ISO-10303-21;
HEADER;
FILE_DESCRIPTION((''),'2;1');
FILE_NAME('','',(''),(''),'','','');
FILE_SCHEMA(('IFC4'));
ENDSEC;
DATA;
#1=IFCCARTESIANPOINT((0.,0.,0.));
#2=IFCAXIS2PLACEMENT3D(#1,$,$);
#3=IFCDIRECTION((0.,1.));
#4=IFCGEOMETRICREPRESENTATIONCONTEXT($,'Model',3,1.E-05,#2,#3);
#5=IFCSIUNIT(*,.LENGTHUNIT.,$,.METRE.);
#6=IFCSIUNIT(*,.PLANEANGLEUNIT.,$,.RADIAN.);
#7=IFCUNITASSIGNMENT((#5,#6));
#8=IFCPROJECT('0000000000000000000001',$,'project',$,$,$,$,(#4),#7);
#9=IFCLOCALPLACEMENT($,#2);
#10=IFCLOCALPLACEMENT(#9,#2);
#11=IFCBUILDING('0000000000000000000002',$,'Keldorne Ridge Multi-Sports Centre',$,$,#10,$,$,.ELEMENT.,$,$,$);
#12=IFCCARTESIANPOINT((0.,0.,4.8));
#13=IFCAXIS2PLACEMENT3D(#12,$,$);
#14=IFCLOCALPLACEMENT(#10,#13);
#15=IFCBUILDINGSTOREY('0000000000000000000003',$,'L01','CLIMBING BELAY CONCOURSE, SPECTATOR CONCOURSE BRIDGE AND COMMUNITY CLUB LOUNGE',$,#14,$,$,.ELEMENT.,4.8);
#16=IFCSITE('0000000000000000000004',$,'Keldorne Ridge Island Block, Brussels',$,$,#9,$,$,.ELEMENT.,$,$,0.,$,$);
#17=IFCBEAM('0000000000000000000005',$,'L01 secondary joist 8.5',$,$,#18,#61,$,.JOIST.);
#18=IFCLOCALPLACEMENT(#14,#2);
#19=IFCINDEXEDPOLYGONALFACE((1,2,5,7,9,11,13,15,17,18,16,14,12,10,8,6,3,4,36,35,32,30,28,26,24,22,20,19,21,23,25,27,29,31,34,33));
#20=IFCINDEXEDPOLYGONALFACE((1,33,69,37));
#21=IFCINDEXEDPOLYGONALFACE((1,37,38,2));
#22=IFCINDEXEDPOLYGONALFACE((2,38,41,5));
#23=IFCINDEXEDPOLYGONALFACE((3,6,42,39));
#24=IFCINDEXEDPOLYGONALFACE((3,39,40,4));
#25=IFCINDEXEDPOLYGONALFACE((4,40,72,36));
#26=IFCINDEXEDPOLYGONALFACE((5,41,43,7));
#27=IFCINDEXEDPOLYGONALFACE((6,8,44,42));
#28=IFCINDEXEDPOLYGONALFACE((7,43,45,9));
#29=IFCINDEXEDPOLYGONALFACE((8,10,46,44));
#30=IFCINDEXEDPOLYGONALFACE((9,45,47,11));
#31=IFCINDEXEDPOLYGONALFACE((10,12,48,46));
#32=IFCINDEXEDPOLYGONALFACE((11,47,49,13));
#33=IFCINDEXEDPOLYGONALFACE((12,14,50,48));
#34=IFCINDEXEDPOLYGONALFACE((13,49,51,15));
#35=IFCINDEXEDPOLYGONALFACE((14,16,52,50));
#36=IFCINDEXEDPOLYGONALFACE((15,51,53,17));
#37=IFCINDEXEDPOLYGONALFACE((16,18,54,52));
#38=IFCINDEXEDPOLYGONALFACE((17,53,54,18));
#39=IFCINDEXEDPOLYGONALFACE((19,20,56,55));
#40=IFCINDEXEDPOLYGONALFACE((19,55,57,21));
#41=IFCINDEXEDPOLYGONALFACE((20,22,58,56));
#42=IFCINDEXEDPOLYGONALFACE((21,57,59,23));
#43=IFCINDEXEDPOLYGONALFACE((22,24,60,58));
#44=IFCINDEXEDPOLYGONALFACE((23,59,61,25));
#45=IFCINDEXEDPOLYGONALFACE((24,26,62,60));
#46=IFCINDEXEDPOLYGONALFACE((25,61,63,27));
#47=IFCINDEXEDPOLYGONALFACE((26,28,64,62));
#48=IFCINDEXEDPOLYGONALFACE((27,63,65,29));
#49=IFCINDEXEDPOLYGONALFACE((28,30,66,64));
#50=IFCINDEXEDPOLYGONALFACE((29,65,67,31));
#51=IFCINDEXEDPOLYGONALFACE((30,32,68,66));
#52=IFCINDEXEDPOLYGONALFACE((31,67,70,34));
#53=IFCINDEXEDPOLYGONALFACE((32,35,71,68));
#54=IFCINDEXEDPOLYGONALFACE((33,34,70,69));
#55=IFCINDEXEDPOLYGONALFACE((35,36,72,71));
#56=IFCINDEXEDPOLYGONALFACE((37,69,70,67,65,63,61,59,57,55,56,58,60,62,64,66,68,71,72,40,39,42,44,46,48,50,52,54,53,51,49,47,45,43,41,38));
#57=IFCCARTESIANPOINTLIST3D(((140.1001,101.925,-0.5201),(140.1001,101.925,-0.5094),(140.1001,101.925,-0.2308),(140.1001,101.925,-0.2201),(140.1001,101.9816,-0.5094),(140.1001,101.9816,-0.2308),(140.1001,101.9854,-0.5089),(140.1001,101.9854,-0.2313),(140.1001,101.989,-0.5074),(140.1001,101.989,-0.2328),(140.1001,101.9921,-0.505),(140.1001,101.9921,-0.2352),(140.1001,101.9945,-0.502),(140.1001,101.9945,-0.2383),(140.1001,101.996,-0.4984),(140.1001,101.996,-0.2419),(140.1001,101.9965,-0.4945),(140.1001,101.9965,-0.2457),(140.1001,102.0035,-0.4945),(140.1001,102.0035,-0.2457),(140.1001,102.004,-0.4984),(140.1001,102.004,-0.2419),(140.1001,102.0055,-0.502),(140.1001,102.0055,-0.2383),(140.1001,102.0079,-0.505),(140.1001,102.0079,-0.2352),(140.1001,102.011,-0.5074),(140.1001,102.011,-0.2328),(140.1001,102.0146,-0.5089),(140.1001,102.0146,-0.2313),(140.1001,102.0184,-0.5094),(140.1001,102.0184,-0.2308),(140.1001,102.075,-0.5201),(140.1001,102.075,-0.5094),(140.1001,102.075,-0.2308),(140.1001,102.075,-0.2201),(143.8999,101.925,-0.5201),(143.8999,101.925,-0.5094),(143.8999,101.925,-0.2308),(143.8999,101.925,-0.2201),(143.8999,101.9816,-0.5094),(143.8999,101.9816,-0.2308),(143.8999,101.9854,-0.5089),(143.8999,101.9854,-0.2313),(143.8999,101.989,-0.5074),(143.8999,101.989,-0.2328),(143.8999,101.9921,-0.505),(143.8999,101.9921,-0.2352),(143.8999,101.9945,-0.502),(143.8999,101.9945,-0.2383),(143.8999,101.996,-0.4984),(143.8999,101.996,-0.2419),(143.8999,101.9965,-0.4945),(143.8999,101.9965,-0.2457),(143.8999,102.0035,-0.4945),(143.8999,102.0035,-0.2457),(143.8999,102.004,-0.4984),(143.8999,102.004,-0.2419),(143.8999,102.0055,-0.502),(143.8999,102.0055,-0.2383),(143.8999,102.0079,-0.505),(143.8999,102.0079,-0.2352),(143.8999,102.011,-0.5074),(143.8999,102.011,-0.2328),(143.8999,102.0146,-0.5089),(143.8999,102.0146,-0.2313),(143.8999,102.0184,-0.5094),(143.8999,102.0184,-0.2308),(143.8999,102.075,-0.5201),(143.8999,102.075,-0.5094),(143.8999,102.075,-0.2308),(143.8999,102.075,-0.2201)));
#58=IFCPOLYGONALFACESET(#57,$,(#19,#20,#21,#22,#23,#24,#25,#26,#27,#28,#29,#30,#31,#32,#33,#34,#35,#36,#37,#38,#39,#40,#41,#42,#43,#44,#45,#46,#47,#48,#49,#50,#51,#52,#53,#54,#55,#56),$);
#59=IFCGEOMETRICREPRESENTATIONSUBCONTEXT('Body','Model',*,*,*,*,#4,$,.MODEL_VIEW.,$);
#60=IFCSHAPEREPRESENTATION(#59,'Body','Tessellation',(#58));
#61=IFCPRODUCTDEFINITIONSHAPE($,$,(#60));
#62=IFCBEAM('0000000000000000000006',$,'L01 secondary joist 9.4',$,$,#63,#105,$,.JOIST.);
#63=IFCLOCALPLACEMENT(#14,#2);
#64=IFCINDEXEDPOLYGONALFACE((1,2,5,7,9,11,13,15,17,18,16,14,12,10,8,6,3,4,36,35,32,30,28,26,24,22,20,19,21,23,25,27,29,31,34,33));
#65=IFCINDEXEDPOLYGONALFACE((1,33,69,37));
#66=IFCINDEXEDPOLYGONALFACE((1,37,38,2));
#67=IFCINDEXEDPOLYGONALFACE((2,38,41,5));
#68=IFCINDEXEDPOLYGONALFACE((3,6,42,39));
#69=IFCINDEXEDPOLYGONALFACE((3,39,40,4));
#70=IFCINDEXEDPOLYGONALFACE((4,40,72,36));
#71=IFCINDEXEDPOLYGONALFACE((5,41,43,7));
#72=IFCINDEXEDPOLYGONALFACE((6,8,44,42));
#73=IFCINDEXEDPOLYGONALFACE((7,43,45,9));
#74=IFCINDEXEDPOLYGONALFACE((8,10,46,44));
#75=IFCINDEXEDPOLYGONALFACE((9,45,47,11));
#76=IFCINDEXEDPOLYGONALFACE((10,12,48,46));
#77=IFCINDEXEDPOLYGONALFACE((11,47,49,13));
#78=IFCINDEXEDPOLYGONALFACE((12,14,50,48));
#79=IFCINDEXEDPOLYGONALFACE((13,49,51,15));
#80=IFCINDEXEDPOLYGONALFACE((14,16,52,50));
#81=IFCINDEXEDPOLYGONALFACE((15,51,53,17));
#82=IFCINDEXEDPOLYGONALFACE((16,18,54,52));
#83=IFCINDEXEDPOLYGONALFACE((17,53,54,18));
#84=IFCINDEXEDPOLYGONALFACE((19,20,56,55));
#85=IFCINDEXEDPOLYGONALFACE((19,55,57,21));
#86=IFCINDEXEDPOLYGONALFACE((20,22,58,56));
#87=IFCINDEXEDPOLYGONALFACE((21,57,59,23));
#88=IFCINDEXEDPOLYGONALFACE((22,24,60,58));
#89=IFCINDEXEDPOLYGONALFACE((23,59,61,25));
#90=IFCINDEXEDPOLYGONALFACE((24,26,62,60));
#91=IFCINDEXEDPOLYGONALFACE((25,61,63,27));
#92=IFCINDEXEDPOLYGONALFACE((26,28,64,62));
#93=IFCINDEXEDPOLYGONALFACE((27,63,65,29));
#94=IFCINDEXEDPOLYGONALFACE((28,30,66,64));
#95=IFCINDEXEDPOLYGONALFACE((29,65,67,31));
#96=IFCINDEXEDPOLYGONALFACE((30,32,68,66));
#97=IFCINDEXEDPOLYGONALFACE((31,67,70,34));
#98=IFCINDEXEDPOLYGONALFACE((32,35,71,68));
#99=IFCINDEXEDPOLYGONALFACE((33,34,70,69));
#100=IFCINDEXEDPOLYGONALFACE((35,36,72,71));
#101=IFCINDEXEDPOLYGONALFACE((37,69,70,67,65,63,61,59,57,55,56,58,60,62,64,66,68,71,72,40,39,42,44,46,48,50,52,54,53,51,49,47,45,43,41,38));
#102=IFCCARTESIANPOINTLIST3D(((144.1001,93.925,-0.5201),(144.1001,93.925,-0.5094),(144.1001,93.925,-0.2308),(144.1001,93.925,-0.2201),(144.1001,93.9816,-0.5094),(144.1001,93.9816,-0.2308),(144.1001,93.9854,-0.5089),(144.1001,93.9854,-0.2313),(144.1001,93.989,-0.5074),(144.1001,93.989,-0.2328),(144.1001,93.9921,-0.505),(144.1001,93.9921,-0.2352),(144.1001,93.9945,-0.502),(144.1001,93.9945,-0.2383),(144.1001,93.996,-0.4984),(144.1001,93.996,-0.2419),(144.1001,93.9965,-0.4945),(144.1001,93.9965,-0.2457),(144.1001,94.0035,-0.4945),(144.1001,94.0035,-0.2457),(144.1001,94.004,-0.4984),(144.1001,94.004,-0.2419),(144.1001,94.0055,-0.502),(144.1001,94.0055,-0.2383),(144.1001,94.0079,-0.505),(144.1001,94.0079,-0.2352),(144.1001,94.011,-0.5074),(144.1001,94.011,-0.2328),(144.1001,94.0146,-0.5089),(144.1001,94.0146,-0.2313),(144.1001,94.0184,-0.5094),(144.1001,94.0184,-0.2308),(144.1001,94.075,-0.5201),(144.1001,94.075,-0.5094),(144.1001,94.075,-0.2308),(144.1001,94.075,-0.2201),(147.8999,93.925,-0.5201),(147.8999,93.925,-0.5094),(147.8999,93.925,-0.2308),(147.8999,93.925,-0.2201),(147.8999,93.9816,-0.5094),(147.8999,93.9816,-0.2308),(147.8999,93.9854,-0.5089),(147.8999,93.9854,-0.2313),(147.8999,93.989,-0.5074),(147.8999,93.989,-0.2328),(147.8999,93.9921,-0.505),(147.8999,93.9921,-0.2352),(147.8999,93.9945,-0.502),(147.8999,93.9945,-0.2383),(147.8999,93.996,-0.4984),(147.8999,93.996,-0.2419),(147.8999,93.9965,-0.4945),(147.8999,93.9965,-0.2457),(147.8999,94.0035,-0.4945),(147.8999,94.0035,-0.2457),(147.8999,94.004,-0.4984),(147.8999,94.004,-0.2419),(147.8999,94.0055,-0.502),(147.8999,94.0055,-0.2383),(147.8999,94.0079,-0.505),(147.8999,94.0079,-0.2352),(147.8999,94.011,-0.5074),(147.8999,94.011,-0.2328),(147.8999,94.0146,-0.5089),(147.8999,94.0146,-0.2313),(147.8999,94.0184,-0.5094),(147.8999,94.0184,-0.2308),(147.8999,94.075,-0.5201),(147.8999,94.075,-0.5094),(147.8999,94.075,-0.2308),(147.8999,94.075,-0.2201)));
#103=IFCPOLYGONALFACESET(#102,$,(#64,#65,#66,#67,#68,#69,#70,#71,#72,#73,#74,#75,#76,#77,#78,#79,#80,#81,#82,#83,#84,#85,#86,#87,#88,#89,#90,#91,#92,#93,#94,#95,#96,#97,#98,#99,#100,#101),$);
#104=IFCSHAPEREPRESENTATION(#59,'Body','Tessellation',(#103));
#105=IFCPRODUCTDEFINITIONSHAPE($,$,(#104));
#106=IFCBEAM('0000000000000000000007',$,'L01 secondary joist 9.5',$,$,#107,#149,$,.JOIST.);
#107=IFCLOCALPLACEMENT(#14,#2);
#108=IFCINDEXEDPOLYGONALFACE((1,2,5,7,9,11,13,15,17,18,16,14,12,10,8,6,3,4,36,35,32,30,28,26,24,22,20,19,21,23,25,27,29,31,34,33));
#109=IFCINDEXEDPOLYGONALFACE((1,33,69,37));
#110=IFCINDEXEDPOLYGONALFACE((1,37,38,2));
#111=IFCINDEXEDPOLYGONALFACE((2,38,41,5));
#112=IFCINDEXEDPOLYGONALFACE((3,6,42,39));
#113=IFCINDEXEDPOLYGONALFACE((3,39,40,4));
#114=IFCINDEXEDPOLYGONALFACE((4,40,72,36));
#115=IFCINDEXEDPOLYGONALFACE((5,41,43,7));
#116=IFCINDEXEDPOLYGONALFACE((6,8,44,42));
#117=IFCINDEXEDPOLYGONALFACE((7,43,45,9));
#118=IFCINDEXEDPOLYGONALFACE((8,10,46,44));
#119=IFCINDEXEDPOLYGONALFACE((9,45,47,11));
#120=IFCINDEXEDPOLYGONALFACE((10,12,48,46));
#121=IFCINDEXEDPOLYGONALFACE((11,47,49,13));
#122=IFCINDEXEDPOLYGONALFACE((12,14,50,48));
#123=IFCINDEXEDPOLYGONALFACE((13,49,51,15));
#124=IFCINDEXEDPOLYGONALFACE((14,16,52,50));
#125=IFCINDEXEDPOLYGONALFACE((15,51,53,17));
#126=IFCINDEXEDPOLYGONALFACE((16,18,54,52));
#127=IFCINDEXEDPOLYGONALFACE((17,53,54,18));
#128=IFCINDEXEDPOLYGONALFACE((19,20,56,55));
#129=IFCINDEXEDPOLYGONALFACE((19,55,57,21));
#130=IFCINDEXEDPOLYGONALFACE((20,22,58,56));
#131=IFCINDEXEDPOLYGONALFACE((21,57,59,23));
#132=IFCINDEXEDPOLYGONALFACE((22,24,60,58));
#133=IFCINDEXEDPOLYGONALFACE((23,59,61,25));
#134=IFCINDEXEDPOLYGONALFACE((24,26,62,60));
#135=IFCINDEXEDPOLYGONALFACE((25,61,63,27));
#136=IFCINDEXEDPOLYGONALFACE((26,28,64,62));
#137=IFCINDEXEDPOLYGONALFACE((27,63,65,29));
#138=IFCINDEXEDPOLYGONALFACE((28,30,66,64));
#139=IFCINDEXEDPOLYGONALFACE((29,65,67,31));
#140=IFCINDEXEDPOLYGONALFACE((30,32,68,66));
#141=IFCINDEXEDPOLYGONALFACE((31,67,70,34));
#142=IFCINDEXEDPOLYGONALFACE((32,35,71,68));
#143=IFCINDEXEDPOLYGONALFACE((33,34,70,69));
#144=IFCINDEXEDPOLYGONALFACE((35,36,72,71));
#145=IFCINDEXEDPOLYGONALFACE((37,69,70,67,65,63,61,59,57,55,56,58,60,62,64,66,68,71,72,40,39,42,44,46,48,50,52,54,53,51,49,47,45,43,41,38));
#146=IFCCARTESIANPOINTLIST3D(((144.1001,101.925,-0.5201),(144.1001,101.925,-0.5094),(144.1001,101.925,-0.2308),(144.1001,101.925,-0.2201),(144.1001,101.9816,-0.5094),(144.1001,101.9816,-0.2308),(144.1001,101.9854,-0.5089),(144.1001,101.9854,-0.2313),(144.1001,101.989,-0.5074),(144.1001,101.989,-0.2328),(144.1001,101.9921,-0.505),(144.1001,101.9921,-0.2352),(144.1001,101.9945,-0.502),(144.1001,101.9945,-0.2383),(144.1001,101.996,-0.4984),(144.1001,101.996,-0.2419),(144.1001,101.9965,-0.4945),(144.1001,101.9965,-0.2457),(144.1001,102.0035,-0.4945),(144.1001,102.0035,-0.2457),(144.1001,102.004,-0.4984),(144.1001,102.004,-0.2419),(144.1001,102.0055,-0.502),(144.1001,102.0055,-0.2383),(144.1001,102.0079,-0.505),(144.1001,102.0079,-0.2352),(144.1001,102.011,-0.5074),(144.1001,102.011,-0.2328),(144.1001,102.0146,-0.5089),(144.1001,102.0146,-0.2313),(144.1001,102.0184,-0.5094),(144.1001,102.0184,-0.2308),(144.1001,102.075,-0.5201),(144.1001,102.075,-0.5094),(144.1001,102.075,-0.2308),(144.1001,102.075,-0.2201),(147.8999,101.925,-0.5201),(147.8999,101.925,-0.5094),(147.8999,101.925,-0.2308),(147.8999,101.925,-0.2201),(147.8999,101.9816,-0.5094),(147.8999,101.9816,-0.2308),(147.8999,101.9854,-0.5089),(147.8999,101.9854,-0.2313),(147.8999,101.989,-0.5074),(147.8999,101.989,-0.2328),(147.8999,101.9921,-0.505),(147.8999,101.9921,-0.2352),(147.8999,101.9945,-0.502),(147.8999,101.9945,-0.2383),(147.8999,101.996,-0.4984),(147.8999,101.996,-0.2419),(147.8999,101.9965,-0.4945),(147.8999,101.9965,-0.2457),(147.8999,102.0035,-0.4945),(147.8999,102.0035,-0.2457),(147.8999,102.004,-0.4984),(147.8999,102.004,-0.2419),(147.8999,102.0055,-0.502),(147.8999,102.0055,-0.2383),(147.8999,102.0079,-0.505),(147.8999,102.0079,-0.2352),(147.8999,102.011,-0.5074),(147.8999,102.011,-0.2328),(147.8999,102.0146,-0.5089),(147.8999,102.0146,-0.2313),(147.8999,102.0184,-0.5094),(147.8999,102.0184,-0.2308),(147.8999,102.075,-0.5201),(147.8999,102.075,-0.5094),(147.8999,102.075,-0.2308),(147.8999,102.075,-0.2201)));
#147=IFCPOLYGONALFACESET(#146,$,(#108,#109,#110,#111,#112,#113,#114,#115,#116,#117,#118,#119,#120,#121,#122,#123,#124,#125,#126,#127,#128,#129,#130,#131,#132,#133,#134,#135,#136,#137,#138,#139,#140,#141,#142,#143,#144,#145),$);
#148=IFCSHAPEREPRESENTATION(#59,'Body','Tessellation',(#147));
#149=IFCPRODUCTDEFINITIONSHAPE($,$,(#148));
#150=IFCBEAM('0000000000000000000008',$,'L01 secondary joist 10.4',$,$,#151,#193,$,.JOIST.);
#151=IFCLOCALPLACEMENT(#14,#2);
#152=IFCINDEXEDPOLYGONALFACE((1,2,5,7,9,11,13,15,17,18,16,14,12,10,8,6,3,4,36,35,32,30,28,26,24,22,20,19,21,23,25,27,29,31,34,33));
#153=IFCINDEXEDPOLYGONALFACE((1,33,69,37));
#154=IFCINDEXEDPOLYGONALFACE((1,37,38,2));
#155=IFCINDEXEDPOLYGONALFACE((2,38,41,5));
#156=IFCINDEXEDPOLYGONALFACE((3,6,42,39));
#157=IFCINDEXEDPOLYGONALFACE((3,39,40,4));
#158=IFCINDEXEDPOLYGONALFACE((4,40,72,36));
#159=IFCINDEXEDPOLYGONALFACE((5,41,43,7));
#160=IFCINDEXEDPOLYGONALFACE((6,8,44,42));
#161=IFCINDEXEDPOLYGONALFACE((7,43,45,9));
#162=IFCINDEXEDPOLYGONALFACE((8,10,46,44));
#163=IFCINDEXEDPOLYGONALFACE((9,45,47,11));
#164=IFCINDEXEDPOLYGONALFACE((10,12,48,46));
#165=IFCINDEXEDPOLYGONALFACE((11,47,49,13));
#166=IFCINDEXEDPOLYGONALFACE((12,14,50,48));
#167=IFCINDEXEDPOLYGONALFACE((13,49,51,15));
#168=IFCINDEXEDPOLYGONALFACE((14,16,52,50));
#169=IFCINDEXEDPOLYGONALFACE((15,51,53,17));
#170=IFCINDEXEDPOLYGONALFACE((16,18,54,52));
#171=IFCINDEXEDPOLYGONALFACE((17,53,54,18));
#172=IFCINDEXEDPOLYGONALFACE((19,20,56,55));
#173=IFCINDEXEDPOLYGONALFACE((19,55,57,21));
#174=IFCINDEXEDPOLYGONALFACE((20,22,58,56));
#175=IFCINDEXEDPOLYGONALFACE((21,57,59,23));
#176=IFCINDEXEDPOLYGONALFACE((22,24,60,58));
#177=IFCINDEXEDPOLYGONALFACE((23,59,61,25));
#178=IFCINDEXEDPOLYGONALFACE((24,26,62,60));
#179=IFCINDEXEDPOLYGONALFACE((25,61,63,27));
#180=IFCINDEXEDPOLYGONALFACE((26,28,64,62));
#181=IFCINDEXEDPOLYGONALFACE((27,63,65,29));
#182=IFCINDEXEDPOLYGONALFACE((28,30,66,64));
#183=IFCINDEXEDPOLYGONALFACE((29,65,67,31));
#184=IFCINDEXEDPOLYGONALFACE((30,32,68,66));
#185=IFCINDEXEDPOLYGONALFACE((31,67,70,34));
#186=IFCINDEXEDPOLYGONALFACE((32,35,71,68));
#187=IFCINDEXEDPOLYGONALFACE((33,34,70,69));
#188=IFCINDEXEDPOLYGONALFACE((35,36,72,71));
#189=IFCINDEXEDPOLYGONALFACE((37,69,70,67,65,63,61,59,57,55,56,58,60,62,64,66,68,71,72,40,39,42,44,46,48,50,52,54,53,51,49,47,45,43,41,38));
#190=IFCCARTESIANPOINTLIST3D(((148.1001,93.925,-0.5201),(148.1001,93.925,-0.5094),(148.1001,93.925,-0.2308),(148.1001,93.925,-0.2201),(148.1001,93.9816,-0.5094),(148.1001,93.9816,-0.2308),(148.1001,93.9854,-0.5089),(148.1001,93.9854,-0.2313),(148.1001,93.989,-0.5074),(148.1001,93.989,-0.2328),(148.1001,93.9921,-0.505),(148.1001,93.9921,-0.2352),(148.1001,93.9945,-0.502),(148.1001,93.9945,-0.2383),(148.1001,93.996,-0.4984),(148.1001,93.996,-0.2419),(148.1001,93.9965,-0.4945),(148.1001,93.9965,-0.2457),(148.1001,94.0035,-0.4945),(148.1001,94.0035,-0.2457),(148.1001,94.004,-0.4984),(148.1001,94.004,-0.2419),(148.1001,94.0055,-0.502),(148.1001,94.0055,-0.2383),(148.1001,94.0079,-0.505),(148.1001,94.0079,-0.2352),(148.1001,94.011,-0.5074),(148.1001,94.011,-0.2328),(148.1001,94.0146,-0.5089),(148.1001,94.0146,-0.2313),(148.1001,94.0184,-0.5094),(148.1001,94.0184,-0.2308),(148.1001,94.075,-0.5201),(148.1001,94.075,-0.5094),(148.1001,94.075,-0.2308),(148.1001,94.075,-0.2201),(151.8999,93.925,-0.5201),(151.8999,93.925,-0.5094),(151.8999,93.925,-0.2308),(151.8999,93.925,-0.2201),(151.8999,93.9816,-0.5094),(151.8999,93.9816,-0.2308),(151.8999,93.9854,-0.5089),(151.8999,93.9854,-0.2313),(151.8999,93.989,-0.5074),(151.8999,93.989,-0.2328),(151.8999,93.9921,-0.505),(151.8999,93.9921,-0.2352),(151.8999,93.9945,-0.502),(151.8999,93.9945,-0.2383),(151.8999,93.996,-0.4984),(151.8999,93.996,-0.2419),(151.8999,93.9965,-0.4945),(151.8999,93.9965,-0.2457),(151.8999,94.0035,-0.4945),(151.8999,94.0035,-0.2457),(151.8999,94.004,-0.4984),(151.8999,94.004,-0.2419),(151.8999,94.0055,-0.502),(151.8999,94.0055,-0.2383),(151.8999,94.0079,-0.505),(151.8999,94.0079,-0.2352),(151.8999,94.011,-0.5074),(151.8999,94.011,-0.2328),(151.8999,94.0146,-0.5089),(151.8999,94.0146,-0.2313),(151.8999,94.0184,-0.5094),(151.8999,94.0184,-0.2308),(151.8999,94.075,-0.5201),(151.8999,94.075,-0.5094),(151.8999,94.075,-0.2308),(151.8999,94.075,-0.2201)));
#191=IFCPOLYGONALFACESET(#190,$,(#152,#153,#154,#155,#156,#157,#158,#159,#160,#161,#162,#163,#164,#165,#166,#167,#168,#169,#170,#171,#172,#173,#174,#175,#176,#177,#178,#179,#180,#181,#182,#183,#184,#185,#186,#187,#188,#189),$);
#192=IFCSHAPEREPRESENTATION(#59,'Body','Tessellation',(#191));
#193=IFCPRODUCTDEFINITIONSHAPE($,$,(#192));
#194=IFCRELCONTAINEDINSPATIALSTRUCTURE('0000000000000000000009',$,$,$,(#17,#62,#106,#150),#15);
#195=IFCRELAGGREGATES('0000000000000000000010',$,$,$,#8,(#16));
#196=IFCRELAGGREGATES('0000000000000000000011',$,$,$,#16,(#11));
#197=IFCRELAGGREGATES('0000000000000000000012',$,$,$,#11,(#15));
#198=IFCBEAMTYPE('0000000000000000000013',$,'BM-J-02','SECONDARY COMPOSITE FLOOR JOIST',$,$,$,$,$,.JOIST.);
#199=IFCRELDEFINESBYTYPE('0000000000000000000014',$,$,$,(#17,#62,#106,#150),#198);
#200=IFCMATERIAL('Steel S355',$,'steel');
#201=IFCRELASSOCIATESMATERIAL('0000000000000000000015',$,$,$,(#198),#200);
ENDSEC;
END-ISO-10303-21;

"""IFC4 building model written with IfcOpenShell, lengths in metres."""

from ifc_helpers import new_model, si_unit, direction, frame, origin, origin_2d, place, context, subcontext, project, spatial, i_section, extrude, material, material_profile, profile_set, type_object, element, save


model = new_model("IFC4")

# Units and contexts
model_context = context("Model", 3, precision=1e-05, world=origin(), true_north=direction((0.0, 1.0)))
body_context = subcontext(model_context, "Body", "Model", "MODEL_VIEW")
ifc_project = project(units=[si_unit("LENGTHUNIT", "METRE"), si_unit("PLANEANGLEUNIT", "RADIAN")], contexts=[model_context])

# Site, building, storey
site_placement = place(None, origin())
site = spatial("IfcSite", under=ifc_project, at=site_placement, Name="Keldorne Ridge Island Block, Brussels", CompositionType="ELEMENT", RefElevation=0.0)
building_placement = place(site_placement, origin())
building = spatial("IfcBuilding", under=site, at=building_placement, Name="Keldorne Ridge Multi-Sports Centre", CompositionType="ELEMENT")
storey_placement = place(building_placement, frame((0.0, 0.0, 4.8)))
storey = spatial("IfcBuildingStorey", under=building, at=storey_placement, Name="L01", Description="CLIMBING BELAY CONCOURSE, SPECTATOR CONCOURSE BRIDGE AND COMMUNITY CLUB LOUNGE", CompositionType="ELEMENT", Elevation=4.8)

# Shared definitions
ifc_material_1 = material(Name="Steel S355", Category="steel")

# Beams
ifc_material_profile_1 = material_profile(ifc_material_1, i_section(OverallWidth=0.1499, OverallDepth=0.3, WebThickness=0.0071, FlangeThickness=0.0107, FilletRadius=0.0149, at=origin_2d()), Name="IPE 300")
ifc_profile_set_1 = profile_set([ifc_material_profile_1], Name="Steel S355")
beam_type_1 = type_object("IfcBeamType", Name="BM-J-02", Description="SECONDARY COMPOSITE FLOOR JOIST", PredefinedType="JOIST", material=ifc_profile_set_1)
for number, where, z_axis, x_axis, name in (
    (1, (140.1001, 102.0, -0.3701), (1.0, 0.0, 0.0), (0.0, 1.0, 0.0), "L01 secondary joist 8.5"),
    (2, (144.1001, 94.0, -0.3701), (1.0, 0.0, 0.0), (0.0, 1.0, 0.0), "L01 secondary joist 9.4"),
    (3, (144.1001, 102.0, -0.3701), (1.0, 0.0, 0.0), (0.0, 1.0, 0.0), "L01 secondary joist 9.5"),
    (4, (148.1001, 94.0, -0.3701), (1.0, 0.0, 0.0), (0.0, 1.0, 0.0), "L01 secondary joist 10.4"),
):
    element("IfcBeam", number, at=place(storey_placement, frame(where, z_axis=z_axis, x_axis=x_axis)), inside=storey, type_object=beam_type_1, Name=name, PredefinedType="JOIST", context=body_context, shape_type="SweptSolid", body=[
        extrude(i_section(OverallWidth=0.1499, OverallDepth=0.3, WebThickness=0.0071, FlangeThickness=0.0107, FilletRadius=0.0149, at=origin_2d()), origin(), (0.0, 0.0, 1.0), 3.7998),
    ])

save(model, "model.ifc")
